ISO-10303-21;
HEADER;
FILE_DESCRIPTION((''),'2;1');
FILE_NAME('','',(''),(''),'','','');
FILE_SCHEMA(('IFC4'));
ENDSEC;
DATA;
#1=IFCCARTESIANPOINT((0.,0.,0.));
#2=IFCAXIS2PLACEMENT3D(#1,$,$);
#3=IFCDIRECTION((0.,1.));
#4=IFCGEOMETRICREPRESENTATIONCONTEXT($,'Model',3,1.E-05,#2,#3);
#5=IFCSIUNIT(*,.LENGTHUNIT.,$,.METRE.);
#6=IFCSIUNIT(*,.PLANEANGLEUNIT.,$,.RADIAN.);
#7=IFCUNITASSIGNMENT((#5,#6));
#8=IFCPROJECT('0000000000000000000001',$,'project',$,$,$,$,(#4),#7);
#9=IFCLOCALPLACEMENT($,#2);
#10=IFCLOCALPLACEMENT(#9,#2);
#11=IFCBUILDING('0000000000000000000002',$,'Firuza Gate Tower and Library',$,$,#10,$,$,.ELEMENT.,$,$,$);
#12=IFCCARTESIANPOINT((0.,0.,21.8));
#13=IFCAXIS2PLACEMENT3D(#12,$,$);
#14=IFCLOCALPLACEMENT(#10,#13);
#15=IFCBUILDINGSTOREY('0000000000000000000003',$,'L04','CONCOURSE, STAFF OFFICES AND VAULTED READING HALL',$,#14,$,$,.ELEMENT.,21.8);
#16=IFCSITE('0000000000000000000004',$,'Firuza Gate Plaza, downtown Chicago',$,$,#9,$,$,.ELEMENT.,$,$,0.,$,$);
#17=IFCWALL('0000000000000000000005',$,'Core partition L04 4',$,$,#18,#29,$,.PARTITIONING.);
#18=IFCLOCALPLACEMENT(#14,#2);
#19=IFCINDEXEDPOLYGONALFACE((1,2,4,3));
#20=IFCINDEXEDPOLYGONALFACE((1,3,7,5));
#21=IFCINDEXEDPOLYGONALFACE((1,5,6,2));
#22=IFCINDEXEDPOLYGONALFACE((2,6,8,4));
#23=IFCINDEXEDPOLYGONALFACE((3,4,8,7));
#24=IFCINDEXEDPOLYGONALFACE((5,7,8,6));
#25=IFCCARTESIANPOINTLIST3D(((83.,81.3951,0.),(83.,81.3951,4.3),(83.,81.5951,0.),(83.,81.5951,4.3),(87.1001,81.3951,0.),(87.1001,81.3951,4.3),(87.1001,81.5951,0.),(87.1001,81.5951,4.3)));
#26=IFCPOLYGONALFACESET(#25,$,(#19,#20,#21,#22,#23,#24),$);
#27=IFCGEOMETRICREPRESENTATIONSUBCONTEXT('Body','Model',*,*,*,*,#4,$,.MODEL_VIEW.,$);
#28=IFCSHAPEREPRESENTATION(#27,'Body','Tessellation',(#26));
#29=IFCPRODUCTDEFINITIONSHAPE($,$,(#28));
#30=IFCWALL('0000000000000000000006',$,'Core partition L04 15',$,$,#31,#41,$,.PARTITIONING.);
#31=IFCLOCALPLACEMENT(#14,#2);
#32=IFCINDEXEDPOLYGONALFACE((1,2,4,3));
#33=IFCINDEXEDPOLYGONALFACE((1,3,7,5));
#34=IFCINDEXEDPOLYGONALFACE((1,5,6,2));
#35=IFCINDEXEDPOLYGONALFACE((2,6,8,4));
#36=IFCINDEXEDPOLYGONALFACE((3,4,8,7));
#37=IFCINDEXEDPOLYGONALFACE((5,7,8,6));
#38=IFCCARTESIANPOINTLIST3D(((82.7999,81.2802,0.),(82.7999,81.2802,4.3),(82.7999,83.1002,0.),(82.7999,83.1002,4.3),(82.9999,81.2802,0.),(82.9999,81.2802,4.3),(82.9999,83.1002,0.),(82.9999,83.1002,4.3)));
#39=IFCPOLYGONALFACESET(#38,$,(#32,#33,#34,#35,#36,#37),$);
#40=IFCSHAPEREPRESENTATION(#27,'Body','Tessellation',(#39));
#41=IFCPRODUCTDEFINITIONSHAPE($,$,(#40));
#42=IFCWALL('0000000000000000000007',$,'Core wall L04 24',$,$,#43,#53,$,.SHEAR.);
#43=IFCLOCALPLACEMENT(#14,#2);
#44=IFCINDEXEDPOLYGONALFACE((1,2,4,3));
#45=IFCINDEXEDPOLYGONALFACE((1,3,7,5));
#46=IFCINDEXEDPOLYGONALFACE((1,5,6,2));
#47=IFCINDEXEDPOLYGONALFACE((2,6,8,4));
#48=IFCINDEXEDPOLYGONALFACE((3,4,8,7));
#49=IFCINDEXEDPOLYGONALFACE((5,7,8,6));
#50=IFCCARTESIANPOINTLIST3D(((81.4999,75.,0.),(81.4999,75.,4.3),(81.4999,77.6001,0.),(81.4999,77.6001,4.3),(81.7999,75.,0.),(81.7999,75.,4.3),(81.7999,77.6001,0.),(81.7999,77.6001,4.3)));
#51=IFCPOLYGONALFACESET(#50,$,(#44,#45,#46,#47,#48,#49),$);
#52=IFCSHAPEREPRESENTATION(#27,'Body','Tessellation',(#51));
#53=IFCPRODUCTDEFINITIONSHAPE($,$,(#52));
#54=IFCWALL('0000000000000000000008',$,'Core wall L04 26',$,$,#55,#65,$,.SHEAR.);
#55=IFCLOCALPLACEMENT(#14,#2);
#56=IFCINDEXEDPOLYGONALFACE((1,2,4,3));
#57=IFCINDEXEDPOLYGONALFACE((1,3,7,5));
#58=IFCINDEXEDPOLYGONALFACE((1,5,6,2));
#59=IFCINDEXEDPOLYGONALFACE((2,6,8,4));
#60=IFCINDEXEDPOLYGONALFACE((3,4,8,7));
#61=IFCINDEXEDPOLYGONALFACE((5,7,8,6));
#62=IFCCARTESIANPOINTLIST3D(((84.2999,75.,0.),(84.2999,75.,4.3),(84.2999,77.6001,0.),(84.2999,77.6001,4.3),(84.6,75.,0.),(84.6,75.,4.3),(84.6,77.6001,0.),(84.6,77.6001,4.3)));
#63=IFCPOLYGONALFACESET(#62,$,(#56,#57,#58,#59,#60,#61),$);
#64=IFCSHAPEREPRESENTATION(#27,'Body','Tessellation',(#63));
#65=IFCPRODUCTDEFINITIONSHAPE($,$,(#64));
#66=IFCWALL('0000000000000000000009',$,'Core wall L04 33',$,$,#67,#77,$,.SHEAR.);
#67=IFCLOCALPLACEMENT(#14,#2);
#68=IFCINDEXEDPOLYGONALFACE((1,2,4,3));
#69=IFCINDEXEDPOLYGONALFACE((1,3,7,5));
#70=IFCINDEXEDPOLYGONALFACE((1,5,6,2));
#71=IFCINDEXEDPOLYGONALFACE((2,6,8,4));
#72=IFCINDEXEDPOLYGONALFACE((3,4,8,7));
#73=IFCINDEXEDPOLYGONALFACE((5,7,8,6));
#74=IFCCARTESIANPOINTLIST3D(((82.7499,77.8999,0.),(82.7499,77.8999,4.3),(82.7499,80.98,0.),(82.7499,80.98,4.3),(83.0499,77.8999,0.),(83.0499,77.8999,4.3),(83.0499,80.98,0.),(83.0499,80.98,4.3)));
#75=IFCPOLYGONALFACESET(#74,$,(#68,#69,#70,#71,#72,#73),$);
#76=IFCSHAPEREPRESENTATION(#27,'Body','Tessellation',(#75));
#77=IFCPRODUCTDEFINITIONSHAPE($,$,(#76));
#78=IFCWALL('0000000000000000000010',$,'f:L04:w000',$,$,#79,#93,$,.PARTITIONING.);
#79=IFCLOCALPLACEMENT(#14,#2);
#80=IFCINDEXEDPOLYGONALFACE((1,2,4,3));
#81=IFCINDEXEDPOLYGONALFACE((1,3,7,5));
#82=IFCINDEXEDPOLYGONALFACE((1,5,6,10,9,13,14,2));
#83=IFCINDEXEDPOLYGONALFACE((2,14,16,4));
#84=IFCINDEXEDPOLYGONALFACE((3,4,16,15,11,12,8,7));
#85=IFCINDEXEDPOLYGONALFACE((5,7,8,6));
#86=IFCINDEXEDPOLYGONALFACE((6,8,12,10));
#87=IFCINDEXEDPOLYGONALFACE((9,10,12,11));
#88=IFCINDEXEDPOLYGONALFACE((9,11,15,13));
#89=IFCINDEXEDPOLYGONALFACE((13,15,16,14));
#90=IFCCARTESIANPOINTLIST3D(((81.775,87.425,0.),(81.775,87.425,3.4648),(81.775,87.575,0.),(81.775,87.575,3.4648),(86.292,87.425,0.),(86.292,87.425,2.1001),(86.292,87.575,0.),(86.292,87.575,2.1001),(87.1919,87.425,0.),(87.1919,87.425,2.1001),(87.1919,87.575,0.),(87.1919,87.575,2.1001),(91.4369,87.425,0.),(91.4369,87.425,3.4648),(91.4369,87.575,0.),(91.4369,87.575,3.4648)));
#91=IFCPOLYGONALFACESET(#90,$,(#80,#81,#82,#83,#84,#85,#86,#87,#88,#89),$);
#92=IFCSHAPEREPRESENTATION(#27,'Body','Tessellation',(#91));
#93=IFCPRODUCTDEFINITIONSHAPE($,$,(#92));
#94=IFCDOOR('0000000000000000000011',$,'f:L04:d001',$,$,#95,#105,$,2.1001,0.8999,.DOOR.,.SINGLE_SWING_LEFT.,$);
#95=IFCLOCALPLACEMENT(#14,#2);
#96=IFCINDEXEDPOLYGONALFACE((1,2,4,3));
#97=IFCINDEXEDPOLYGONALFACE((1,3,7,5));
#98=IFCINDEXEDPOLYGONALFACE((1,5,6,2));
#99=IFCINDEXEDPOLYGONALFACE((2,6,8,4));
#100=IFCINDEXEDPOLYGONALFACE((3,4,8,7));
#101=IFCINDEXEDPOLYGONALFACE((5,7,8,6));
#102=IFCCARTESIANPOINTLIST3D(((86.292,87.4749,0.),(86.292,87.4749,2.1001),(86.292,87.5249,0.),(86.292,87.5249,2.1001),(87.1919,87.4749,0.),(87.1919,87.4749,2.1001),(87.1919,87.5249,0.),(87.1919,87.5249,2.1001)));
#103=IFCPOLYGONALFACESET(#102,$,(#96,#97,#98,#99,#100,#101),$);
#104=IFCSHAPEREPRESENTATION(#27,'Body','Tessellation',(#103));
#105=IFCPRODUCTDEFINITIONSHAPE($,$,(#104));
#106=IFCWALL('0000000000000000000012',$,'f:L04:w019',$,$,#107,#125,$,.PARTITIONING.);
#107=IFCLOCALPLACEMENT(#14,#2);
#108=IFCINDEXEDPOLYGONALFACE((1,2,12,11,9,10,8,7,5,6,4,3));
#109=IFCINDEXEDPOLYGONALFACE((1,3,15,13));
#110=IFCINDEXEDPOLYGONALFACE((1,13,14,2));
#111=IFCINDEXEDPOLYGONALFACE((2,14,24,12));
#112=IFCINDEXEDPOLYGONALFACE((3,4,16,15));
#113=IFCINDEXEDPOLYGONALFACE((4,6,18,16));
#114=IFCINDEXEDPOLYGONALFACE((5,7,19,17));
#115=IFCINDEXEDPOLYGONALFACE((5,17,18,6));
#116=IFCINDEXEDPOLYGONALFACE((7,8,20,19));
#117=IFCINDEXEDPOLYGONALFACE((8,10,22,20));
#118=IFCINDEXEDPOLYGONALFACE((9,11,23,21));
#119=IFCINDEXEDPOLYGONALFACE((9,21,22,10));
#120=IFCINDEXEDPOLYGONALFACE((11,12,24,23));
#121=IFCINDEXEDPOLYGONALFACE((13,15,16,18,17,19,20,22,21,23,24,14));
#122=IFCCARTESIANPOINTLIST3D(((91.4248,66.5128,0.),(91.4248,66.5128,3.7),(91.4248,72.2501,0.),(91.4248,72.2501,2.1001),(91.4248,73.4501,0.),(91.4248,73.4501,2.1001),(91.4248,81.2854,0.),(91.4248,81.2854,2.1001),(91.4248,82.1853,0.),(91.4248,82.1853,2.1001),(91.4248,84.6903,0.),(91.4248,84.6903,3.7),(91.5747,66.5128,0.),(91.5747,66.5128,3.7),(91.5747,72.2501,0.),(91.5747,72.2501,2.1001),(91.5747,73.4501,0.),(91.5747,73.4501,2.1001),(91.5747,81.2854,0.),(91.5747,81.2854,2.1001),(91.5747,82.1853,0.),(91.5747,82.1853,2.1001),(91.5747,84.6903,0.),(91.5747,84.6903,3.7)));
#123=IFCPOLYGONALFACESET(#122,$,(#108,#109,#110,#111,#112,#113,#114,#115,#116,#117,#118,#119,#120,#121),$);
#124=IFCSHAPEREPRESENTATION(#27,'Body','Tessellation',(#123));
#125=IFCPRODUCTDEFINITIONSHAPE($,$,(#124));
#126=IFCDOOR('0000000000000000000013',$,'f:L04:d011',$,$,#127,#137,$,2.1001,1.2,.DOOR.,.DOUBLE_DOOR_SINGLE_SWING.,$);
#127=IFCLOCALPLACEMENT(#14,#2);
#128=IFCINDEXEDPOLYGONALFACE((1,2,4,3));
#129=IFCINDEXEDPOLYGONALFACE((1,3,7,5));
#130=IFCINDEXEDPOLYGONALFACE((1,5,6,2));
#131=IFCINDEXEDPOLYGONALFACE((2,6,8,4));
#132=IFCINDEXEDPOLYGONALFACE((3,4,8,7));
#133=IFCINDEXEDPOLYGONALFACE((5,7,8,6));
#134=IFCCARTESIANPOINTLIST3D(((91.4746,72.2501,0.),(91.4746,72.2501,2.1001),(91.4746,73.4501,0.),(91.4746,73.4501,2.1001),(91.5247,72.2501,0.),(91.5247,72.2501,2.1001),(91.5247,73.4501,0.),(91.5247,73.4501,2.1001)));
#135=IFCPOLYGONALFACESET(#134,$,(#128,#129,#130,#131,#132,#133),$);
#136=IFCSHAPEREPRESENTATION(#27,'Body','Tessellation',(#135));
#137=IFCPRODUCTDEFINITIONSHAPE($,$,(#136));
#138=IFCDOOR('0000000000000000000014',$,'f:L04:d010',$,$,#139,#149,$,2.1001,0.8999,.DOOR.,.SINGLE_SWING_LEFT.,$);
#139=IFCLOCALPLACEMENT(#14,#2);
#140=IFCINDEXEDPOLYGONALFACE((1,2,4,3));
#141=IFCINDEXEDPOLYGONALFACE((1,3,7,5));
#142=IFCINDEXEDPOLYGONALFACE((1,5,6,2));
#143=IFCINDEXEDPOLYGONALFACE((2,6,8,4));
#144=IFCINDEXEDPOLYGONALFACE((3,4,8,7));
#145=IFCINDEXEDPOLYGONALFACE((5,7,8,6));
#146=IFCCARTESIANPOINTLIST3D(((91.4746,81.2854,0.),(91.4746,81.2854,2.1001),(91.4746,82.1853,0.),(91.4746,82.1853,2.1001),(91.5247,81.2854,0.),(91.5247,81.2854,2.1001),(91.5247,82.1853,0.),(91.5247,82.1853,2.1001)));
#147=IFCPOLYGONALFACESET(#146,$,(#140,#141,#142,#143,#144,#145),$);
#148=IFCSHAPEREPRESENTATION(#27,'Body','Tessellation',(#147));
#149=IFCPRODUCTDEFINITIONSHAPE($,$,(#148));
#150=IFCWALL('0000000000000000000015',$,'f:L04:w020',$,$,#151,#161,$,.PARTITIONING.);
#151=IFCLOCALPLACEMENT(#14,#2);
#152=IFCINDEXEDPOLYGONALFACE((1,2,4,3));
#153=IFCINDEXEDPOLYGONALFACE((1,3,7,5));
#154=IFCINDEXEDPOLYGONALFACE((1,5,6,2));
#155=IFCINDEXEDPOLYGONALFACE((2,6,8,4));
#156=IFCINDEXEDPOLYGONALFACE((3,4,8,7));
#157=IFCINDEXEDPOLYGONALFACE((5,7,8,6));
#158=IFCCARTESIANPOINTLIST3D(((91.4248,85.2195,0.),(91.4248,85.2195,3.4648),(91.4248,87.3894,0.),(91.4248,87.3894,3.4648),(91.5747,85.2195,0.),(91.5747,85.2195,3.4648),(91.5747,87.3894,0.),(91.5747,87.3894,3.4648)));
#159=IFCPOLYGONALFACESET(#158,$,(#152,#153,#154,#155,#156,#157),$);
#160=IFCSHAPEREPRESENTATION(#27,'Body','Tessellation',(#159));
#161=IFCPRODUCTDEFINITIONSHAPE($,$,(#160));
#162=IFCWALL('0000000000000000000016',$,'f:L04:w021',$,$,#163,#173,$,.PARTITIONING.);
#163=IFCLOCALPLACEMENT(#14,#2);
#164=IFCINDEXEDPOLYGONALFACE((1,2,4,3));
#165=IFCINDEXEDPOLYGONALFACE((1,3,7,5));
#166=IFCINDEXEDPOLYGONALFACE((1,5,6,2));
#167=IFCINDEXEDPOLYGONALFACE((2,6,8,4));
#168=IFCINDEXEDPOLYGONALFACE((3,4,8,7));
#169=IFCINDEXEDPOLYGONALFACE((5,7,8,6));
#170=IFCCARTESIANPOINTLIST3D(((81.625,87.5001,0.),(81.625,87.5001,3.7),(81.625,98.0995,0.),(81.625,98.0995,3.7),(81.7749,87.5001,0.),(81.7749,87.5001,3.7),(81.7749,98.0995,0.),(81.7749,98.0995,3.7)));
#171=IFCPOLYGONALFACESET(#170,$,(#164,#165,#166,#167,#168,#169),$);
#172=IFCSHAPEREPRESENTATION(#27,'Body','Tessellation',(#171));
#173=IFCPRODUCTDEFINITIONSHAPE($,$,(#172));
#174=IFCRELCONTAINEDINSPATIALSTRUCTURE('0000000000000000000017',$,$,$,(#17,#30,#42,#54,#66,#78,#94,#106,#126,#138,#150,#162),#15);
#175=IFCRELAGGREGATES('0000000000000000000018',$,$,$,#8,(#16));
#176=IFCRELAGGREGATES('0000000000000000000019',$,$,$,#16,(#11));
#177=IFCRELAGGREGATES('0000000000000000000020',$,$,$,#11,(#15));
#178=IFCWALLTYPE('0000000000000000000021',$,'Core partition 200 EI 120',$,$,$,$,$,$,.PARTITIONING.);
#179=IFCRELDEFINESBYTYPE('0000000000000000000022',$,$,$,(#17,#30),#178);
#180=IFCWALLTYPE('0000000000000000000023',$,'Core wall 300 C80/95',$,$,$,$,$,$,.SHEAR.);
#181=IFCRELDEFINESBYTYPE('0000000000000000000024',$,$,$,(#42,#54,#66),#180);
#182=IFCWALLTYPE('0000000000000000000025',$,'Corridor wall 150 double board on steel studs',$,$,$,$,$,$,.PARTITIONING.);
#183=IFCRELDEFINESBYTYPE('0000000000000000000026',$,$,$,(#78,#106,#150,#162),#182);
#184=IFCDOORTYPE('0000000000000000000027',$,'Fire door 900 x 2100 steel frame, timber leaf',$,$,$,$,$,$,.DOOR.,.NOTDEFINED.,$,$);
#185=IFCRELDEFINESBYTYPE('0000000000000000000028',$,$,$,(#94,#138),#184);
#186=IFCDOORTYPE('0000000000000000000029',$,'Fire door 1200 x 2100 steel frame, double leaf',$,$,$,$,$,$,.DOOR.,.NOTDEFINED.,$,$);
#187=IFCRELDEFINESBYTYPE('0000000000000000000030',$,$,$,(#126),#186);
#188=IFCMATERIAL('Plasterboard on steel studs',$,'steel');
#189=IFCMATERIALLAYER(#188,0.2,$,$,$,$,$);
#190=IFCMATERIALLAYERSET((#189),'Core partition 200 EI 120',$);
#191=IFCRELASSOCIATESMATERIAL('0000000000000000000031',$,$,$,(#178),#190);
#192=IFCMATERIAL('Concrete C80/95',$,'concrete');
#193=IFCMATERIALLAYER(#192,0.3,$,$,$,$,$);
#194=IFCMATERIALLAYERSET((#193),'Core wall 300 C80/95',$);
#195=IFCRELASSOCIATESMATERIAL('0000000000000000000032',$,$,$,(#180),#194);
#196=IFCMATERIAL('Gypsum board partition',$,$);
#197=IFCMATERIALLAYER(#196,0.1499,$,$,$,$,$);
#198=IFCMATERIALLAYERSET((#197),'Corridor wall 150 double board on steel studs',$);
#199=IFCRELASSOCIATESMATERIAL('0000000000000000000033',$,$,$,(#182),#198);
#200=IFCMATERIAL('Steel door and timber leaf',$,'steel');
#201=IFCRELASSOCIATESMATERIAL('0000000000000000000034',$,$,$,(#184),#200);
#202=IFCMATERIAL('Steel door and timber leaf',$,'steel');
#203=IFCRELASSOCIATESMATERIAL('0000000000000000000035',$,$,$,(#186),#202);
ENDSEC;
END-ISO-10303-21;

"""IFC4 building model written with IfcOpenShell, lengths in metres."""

from ifc_helpers import new_model, si_unit, direction, frame, frame_2d, origin, place, context, subcontext, project, spatial, rectangle, extrude, material, layer, layer_set, type_object, element, fill, save


model = new_model("IFC4")

# Units and contexts
model_context = context("Model", 3, precision=1e-05, world=origin(), true_north=direction((0.0, 1.0)))
body_context = subcontext(model_context, "Body", "Model", "MODEL_VIEW")
ifc_project = project(units=[si_unit("LENGTHUNIT", "METRE"), si_unit("PLANEANGLEUNIT", "RADIAN")], contexts=[model_context])

# Site, building, storey
site_placement = place(None, origin())
site = spatial("IfcSite", under=ifc_project, at=site_placement, Name="Firuza Gate Plaza, downtown Chicago", CompositionType="ELEMENT", RefElevation=0.0)
building_placement = place(site_placement, origin())
building = spatial("IfcBuilding", under=site, at=building_placement, Name="Firuza Gate Tower and Library", CompositionType="ELEMENT")
storey_placement = place(building_placement, frame((0.0, 0.0, 21.8)))
storey = spatial("IfcBuildingStorey", under=building, at=storey_placement, Name="L04", Description="CONCOURSE, STAFF OFFICES AND VAULTED READING HALL", CompositionType="ELEMENT", Elevation=21.8)

# Walls
ifc_material_1 = material(Name="Plasterboard on steel studs", Category="steel")
ifc_layer_1 = layer(ifc_material_1, 0.2)
ifc_layer_set_1 = layer_set([ifc_layer_1], Name="Core partition 200 EI 120")
wall_type_1 = type_object("IfcWallType", Name="Core partition 200 EI 120", PredefinedType="PARTITIONING", material=ifc_layer_set_1)
wall_1_placement = place(storey_placement, frame((83.0, 81.4951, 0.0), z_axis=(0.0, 0.0, 1.0), x_axis=(1.0, 0.0, 0.0)))
element("IfcWall", 1, at=wall_1_placement, inside=storey, type_object=wall_type_1, Name="Core partition L04 4", PredefinedType="PARTITIONING", context=body_context, shape_type="SweptSolid", body=[
    extrude(rectangle(XDim=4.1001, YDim=0.2, at=frame_2d((2.05, 0.0))), origin(), (0.0, 0.0, 1.0), 4.3),
])
wall_2_placement = place(storey_placement, frame((82.8999, 81.28, 0.0), z_axis=(0.0, 0.0, 1.0), x_axis=(0.0, 1.0, 0.0)))
element("IfcWall", 2, at=wall_2_placement, inside=storey, type_object=wall_type_1, Name="Core partition L04 15", PredefinedType="PARTITIONING", context=body_context, shape_type="SweptSolid", body=[
    extrude(rectangle(XDim=1.8201, YDim=0.2, at=frame_2d((0.9102, 0.0))), origin(), (0.0, 0.0, 1.0), 4.3),
])
ifc_material_2 = material(Name="Concrete C80/95", Category="concrete")
ifc_layer_2 = layer(ifc_material_2, 0.3)
ifc_layer_set_2 = layer_set([ifc_layer_2], Name="Core wall 300 C80/95")
wall_type_2 = type_object("IfcWallType", Name="Core wall 300 C80/95", PredefinedType="SHEAR", material=ifc_layer_set_2)
for number, where, z_axis, x_axis, name in (
    (3, (81.6499, 75.0, 0.0), (0.0, 0.0, 1.0), (0.0, 1.0, 0.0), "Core wall L04 24"),
    (4, (84.45, 75.0, 0.0), (0.0, 0.0, 1.0), (0.0, 1.0, 0.0), "Core wall L04 26"),
):
    element("IfcWall", number, at=place(storey_placement, frame(where, z_axis=z_axis, x_axis=x_axis)), inside=storey, type_object=wall_type_2, Name=name, PredefinedType="SHEAR", context=body_context, shape_type="SweptSolid", body=[
        extrude(rectangle(XDim=2.6001, YDim=0.3, at=frame_2d((1.3, 0.0))), origin(), (0.0, 0.0, 1.0), 4.3),
    ])
wall_3_placement = place(storey_placement, frame((82.8999, 77.8999, 0.0), z_axis=(0.0, 0.0, 1.0), x_axis=(0.0, 1.0, 0.0)))
element("IfcWall", 5, at=wall_3_placement, inside=storey, type_object=wall_type_2, Name="Core wall L04 33", PredefinedType="SHEAR", context=body_context, shape_type="SweptSolid", body=[
    extrude(rectangle(XDim=3.0801, YDim=0.3, at=frame_2d((1.54, 0.0))), origin(), (0.0, 0.0, 1.0), 4.3),
])

# Wall, opening, door
ifc_material_3 = material(Name="Gypsum board partition")
ifc_layer_3 = layer(ifc_material_3, 0.1499)
ifc_layer_set_3 = layer_set([ifc_layer_3], Name="Corridor wall 150 double board on steel studs")
wall_type_3 = type_object("IfcWallType", Name="Corridor wall 150 double board on steel studs", PredefinedType="PARTITIONING", material=ifc_layer_set_3)
wall_4_placement = place(storey_placement, frame((81.7749, 87.5, 0.0), z_axis=(0.0, 0.0, 1.0), x_axis=(1.0, 0.0, 0.0)))
wall_4 = element("IfcWall", 6, at=wall_4_placement, inside=storey, type_object=wall_type_3, Name="f:L04:w000", PredefinedType="PARTITIONING", context=body_context, shape_type="SweptSolid", body=[
    extrude(rectangle(XDim=9.6619, YDim=0.1499, at=frame_2d((4.8311, 0.0))), origin(), (0.0, 0.0, 1.0), 3.4648),
])
opening_1_placement = place(wall_4_placement, frame((4.5171, 0.0, 0.0)))
opening_1 = element("IfcOpeningElement", 7, at=opening_1_placement, cuts=wall_4, PredefinedType="OPENING", context=body_context, shape_type="SweptSolid", body=[
    extrude(rectangle(XDim=0.8999, YDim=2.1001, at=frame_2d((0.45, 1.05))), frame((0.0, 0.085, 0.0), z_axis=(0.0, -1.0, 0.0), x_axis=(1.0, 0.0, 0.0)), (0.0, 0.0, 1.0), 0.1699),
])
ifc_material_4 = material(Name="Steel door and timber leaf", Category="steel")
door_type_1 = type_object("IfcDoorType", Name="Fire door 900 x 2100 steel frame, timber leaf", OperationType="NOTDEFINED", PredefinedType="DOOR", material=ifc_material_4)
door_1_placement = place(opening_1_placement, origin())
door_1 = element("IfcDoor", 8, at=door_1_placement, inside=storey, type_object=door_type_1, Name="f:L04:d001", OperationType="SINGLE_SWING_LEFT", OverallHeight=2.1001, OverallWidth=0.8999, PredefinedType="DOOR", context=body_context, shape_type="SweptSolid", body=[
    extrude(rectangle(XDim=0.8999, YDim=2.1001, at=frame_2d((0.45, 1.05))), frame((0.0, 0.0249, 0.0), z_axis=(0.0, -1.0, 0.0), x_axis=(1.0, 0.0, 0.0)), (0.0, 0.0, 1.0), 0.05),
])
fill(opening_1, door_1)

# Wall, openings, doors
wall_5_placement = place(storey_placement, frame((91.4998, 84.6904, 0.0), z_axis=(0.0, 0.0, 1.0), x_axis=(0.0, -1.0, 0.0)))
wall_5 = element("IfcWall", 9, at=wall_5_placement, inside=storey, type_object=wall_type_3, Name="f:L04:w019", PredefinedType="PARTITIONING", context=body_context, shape_type="SweptSolid", body=[
    extrude(rectangle(XDim=18.1775, YDim=0.1499, at=frame_2d((9.0889, 0.0))), origin(), (0.0, 0.0, 1.0), 3.7),
])
opening_2_placement = place(wall_5_placement, frame((2.5051, 0.0, 0.0)))
opening_2 = element("IfcOpeningElement", 10, at=opening_2_placement, cuts=wall_5, PredefinedType="OPENING", context=body_context, shape_type="SweptSolid", body=[
    extrude(rectangle(XDim=0.8999, YDim=2.1001, at=frame_2d((0.45, 1.05))), frame((0.0, 0.085, 0.0), z_axis=(0.0, -1.0, 0.0), x_axis=(1.0, 0.0, 0.0)), (0.0, 0.0, 1.0), 0.1699),
])
opening_3_placement = place(wall_5_placement, frame((11.2402, 0.0, 0.0)))
opening_3 = element("IfcOpeningElement", 11, at=opening_3_placement, cuts=wall_5, PredefinedType="OPENING", context=body_context, shape_type="SweptSolid", body=[
    extrude(rectangle(XDim=1.2, YDim=2.1001, at=frame_2d((0.6001, 1.05))), frame((0.0, 0.085, 0.0), z_axis=(0.0, -1.0, 0.0), x_axis=(1.0, 0.0, 0.0)), (0.0, 0.0, 1.0), 0.1699),
])
ifc_material_5 = material(Name="Steel door and timber leaf", Category="steel")
door_type_2 = type_object("IfcDoorType", Name="Fire door 1200 x 2100 steel frame, double leaf", OperationType="NOTDEFINED", PredefinedType="DOOR", material=ifc_material_5)
door_2_placement = place(opening_3_placement, origin())
door_2 = element("IfcDoor", 12, at=door_2_placement, inside=storey, type_object=door_type_2, Name="f:L04:d011", OperationType="DOUBLE_DOOR_SINGLE_SWING", OverallHeight=2.1001, OverallWidth=1.2, PredefinedType="DOOR", context=body_context, shape_type="SweptSolid", body=[
    extrude(rectangle(XDim=1.2, YDim=2.1001, at=frame_2d((0.6001, 1.05))), frame((0.0, 0.0249, 0.0), z_axis=(0.0, -1.0, 0.0), x_axis=(1.0, 0.0, 0.0)), (0.0, 0.0, 1.0), 0.05),
])
fill(opening_3, door_2)
door_3_placement = place(opening_2_placement, origin())
door_3 = element("IfcDoor", 13, at=door_3_placement, inside=storey, type_object=door_type_1, Name="f:L04:d010", OperationType="SINGLE_SWING_LEFT", OverallHeight=2.1001, OverallWidth=0.8999, PredefinedType="DOOR", context=body_context, shape_type="SweptSolid", body=[
    extrude(rectangle(XDim=0.8999, YDim=2.1001, at=frame_2d((0.45, 1.05))), frame((0.0, 0.0249, 0.0), z_axis=(0.0, -1.0, 0.0), x_axis=(1.0, 0.0, 0.0)), (0.0, 0.0, 1.0), 0.05),
])
fill(opening_2, door_3)

# Walls
wall_6_placement = place(storey_placement, frame((91.4998, 85.2195, 0.0), z_axis=(0.0, 0.0, 1.0), x_axis=(0.0, 1.0, 0.0)))
element("IfcWall", 14, at=wall_6_placement, inside=storey, type_object=wall_type_3, Name="f:L04:w020", PredefinedType="PARTITIONING", context=body_context, shape_type="SweptSolid", body=[
    extrude(rectangle(XDim=2.1699, YDim=0.1499, at=frame_2d((1.085, 0.0))), origin(), (0.0, 0.0, 1.0), 3.4648),
])
wall_7_placement = place(storey_placement, frame((81.7, 87.5, 0.0), z_axis=(0.0, 0.0, 1.0), x_axis=(0.0, 1.0, 0.0)))
element("IfcWall", 15, at=wall_7_placement, inside=storey, type_object=wall_type_3, Name="f:L04:w021", PredefinedType="PARTITIONING", context=body_context, shape_type="SweptSolid", body=[
    extrude(rectangle(XDim=10.5994, YDim=0.1499, at=frame_2d((5.2998, 0.0))), origin(), (0.0, 0.0, 1.0), 3.7),
])

save(model, "model.ifc")
